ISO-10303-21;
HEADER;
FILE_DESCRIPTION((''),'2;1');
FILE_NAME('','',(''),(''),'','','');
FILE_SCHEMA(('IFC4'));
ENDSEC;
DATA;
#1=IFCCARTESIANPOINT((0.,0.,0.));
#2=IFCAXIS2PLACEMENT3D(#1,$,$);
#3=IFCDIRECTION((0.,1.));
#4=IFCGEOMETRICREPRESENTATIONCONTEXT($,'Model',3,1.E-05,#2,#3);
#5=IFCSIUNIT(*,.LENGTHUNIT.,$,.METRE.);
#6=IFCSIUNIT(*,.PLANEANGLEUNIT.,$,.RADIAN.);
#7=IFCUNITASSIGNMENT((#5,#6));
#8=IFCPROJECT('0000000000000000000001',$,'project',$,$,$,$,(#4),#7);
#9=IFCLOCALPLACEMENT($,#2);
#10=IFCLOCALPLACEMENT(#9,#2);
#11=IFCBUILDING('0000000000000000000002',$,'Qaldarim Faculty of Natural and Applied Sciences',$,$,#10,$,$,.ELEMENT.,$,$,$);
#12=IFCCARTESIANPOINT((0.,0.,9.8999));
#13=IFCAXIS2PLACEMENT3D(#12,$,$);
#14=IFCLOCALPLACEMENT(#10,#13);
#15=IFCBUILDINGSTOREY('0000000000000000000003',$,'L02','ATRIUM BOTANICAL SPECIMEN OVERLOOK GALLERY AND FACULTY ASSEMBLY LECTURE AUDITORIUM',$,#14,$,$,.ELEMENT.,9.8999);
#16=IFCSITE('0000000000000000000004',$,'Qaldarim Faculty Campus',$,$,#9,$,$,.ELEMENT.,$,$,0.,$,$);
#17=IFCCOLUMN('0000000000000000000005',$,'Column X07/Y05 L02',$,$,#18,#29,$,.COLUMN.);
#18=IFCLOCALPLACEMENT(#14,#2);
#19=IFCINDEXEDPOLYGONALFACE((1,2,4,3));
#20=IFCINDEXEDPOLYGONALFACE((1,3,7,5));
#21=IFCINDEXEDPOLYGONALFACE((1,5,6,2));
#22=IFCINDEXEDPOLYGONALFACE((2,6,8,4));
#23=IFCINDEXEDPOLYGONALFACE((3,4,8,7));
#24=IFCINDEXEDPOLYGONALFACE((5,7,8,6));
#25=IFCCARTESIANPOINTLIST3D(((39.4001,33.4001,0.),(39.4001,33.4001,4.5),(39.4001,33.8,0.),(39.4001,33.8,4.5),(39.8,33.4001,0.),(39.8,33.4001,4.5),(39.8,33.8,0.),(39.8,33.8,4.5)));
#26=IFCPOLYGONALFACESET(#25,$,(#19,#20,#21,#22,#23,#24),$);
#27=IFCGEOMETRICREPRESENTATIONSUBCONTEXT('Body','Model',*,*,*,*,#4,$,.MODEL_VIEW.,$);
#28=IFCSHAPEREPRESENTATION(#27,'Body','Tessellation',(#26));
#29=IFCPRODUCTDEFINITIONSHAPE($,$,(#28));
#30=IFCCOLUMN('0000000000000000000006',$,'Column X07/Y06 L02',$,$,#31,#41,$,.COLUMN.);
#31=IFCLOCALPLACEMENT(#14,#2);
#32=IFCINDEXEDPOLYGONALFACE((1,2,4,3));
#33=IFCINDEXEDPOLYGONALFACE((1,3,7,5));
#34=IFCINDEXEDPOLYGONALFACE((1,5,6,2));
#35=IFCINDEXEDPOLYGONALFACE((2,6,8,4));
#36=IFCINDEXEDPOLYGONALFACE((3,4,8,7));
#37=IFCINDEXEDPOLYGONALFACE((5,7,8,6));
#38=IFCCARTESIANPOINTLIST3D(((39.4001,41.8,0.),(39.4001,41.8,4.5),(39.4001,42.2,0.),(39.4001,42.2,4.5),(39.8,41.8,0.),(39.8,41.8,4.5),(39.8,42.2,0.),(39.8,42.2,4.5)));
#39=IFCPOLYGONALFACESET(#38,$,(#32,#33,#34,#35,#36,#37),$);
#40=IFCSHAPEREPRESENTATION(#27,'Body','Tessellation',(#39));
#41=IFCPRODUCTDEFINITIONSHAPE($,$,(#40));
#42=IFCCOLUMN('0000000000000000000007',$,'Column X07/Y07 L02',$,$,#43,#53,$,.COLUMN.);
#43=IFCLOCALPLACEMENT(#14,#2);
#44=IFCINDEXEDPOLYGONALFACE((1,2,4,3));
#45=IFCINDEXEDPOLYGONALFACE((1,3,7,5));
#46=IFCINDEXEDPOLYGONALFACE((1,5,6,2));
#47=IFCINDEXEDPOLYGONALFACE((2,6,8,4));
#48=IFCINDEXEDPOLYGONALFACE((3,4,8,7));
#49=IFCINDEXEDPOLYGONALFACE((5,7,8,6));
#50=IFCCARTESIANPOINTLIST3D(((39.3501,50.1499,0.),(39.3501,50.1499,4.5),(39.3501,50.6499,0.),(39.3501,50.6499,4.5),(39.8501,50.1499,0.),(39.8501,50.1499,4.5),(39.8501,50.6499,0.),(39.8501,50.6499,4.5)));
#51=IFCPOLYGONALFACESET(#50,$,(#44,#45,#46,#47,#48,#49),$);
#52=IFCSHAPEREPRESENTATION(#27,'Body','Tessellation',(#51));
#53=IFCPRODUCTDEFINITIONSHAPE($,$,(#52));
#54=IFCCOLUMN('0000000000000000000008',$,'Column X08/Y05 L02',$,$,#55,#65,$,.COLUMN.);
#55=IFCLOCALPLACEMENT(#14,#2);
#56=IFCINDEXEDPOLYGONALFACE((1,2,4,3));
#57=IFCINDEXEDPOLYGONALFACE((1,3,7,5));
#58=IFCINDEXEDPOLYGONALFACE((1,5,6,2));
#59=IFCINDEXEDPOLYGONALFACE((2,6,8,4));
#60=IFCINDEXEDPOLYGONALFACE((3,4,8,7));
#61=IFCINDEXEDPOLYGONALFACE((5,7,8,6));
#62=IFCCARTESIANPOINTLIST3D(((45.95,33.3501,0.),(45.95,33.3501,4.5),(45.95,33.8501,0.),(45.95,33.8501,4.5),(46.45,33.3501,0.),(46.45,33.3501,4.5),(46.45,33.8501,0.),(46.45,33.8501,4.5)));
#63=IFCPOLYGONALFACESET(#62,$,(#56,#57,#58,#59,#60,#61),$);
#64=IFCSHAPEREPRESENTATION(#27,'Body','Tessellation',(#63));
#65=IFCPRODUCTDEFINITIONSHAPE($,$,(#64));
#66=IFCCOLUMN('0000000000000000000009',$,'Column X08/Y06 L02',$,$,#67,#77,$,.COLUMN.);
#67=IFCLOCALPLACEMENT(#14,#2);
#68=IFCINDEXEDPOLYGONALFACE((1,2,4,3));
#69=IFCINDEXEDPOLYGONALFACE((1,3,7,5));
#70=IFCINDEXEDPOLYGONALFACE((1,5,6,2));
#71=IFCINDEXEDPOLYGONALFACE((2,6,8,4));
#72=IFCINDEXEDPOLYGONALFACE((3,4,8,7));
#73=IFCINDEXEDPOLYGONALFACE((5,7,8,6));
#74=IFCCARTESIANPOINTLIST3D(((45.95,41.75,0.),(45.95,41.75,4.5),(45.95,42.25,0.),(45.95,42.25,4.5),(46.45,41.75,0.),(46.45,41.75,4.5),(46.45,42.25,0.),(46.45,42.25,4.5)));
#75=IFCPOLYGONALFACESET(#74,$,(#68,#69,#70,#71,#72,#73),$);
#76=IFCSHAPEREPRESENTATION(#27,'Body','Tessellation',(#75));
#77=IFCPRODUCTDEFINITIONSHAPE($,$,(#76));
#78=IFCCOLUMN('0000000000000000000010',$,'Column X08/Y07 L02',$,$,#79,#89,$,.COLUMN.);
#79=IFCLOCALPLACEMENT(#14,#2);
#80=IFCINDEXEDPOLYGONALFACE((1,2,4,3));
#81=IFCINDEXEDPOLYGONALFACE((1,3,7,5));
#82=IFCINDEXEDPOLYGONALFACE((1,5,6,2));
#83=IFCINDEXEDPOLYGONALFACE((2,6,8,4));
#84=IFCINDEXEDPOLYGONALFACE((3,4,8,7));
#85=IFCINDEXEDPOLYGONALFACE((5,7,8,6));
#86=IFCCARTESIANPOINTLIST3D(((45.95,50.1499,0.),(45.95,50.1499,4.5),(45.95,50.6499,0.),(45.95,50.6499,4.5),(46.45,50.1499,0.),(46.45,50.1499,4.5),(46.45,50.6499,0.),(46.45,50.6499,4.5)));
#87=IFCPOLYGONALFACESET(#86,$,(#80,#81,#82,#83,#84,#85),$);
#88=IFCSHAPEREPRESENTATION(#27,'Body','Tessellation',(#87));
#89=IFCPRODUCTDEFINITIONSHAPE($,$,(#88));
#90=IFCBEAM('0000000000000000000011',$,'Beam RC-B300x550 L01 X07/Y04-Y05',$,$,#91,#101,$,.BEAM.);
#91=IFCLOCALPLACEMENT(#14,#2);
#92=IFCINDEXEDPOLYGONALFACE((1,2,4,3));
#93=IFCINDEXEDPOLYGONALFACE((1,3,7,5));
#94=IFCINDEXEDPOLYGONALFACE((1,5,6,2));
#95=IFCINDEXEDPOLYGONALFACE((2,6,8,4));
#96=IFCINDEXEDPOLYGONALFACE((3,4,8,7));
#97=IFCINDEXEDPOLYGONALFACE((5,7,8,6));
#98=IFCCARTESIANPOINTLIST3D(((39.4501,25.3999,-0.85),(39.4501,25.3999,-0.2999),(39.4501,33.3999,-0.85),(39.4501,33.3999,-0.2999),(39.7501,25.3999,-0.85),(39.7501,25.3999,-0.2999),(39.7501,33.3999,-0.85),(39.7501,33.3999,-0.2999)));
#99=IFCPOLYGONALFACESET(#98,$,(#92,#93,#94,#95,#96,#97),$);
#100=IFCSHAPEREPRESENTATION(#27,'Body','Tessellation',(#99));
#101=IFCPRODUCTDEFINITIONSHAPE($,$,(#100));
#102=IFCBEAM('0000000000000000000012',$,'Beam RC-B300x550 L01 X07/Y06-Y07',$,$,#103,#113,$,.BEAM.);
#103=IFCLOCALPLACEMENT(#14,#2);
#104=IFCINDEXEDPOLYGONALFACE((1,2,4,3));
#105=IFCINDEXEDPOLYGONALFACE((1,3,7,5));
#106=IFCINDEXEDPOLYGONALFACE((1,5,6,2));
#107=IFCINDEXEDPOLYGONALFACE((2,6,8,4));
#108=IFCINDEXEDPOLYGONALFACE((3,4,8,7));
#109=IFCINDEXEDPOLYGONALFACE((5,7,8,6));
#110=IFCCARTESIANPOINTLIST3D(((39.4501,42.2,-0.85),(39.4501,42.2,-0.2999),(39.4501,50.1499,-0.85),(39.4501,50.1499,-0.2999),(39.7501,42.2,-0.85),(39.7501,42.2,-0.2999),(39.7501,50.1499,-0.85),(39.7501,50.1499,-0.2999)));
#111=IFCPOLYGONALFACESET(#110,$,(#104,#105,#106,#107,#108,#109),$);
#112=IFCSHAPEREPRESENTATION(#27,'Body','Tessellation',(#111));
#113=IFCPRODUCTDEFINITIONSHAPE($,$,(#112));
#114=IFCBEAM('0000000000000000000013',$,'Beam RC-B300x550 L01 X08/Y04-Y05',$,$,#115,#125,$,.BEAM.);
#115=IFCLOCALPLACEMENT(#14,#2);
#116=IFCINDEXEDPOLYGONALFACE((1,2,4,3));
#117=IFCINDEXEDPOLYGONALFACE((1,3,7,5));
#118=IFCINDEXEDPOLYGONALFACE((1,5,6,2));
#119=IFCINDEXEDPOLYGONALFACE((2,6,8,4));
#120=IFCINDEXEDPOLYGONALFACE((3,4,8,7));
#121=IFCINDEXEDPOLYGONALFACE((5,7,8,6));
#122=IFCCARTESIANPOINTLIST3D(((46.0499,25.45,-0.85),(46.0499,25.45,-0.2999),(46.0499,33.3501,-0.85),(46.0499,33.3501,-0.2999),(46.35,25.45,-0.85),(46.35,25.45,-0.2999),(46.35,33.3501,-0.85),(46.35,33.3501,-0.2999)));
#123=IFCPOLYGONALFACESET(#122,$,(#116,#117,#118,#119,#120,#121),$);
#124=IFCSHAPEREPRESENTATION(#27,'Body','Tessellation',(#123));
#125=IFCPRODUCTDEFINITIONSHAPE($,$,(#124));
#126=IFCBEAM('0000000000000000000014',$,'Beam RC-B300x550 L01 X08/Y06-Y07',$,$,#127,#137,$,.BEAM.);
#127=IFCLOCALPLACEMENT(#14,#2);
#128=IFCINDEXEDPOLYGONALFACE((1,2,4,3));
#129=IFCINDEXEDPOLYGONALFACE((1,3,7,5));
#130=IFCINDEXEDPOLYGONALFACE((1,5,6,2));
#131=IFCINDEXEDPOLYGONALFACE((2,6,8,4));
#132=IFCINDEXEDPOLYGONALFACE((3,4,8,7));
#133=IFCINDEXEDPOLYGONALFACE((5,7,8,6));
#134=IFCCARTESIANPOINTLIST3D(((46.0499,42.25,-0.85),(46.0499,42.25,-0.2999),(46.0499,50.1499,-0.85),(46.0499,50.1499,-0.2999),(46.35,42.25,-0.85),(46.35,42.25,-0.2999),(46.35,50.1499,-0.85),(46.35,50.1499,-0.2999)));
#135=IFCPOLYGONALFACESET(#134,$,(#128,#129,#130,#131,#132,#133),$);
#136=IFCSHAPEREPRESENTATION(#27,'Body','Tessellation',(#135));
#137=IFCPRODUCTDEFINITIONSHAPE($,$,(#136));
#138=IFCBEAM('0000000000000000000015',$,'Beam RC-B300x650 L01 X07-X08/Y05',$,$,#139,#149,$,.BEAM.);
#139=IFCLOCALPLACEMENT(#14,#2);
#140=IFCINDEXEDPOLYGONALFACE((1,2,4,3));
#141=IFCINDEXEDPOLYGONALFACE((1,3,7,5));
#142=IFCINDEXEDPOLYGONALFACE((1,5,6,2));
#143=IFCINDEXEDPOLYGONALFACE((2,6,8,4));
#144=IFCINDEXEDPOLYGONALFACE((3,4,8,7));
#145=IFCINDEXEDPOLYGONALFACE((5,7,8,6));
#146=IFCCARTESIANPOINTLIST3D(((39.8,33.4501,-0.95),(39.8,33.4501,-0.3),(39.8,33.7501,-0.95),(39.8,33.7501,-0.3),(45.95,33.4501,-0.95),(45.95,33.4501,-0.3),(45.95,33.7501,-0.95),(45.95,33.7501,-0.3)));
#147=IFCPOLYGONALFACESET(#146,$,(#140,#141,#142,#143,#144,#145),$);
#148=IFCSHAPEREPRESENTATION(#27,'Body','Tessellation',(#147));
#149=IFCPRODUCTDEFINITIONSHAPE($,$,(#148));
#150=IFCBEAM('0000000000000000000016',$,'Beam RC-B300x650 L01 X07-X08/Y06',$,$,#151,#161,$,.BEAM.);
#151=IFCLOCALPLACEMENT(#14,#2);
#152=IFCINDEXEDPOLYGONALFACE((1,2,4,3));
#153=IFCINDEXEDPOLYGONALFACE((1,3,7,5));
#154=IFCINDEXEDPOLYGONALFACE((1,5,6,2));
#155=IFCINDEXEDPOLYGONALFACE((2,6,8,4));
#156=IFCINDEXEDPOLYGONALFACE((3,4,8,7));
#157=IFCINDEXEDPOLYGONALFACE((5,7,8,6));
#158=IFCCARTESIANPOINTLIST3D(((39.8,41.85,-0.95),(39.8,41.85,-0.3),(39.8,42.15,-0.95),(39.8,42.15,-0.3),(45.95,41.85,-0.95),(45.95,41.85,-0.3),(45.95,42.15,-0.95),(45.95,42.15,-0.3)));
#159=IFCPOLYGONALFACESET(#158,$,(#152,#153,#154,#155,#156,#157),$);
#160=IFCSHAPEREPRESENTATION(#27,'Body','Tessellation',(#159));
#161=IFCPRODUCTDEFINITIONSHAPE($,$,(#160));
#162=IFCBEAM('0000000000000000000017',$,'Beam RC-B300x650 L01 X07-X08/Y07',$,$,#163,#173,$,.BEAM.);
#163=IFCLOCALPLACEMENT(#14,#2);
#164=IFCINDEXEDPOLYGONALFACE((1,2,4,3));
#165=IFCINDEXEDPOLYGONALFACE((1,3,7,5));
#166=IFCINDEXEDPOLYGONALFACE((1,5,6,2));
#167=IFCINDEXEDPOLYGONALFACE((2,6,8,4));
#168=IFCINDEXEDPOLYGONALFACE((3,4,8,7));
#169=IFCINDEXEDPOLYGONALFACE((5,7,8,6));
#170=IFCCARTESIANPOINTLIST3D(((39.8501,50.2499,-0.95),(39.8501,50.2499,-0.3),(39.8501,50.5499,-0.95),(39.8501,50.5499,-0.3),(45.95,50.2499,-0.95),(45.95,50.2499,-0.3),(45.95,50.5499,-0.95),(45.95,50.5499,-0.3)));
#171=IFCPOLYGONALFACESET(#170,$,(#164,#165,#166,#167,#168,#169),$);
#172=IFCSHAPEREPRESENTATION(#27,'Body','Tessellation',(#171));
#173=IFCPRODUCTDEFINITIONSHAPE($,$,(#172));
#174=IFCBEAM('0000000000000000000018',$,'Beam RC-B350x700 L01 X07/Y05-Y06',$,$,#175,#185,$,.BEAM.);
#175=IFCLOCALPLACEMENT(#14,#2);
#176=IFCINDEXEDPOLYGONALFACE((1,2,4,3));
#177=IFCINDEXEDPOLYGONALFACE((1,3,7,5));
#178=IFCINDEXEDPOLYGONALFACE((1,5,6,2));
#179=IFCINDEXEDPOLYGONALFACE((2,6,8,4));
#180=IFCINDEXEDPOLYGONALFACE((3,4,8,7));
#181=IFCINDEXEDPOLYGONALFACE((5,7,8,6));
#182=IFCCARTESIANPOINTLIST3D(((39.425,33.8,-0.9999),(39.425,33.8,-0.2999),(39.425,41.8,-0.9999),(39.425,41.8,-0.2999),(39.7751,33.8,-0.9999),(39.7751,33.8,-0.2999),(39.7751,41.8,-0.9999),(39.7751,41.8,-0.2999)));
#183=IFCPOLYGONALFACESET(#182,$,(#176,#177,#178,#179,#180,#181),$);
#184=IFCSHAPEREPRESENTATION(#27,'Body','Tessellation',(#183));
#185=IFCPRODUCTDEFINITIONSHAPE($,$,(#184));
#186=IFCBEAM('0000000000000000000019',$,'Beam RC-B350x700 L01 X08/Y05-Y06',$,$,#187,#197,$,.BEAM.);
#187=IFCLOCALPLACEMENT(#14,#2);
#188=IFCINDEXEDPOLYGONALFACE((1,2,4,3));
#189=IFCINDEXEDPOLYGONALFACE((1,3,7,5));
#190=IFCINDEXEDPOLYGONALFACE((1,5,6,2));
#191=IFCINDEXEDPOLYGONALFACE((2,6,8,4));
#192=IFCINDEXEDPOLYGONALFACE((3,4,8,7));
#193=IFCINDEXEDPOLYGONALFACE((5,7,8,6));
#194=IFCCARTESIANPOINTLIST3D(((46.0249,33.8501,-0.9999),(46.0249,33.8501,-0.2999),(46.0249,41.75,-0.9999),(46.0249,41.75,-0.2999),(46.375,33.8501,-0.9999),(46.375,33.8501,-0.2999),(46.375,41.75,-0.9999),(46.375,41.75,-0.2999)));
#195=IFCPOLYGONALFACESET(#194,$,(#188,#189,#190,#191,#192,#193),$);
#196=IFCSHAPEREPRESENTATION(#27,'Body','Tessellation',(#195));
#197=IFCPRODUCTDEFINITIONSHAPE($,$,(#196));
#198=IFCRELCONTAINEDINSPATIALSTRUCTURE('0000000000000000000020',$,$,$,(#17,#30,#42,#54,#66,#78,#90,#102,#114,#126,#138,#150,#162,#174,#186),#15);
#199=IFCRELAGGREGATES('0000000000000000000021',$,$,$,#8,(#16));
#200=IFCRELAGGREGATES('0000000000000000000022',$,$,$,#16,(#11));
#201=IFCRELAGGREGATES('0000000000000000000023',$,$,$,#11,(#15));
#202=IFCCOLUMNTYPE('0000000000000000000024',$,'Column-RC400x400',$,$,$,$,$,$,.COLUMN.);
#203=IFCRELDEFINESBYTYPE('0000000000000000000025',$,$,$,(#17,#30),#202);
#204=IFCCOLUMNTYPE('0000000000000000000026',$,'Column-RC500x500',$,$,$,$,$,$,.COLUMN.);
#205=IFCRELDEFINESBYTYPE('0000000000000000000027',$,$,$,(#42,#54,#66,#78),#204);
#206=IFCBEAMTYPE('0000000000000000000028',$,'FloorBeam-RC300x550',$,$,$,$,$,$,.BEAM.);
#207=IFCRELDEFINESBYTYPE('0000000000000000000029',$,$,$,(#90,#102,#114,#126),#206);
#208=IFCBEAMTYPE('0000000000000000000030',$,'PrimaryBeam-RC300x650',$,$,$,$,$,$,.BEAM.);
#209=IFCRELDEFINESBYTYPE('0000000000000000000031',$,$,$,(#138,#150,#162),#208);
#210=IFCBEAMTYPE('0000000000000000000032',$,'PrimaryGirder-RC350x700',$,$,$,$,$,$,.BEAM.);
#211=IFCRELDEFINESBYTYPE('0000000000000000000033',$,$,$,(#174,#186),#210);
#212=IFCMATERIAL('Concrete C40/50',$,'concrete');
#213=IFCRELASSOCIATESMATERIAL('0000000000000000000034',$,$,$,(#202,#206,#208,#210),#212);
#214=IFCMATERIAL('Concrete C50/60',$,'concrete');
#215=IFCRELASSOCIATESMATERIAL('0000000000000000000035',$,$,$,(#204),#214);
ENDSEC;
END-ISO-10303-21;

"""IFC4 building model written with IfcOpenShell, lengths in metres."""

from ifc_helpers import new_model, si_unit, direction, frame, origin, origin_2d, place, context, subcontext, project, spatial, rectangle, extrude, material, material_profile, profile_set, type_object, element, save


model = new_model("IFC4")

# Units and contexts
model_context = context("Model", 3, precision=1e-05, world=origin(), true_north=direction((0.0, 1.0)))
body_context = subcontext(model_context, "Body", "Model", "MODEL_VIEW")
ifc_project = project(units=[si_unit("LENGTHUNIT", "METRE"), si_unit("PLANEANGLEUNIT", "RADIAN")], contexts=[model_context])

# Site, building, storey
site_placement = place(None, origin())
site = spatial("IfcSite", under=ifc_project, at=site_placement, Name="Qaldarim Faculty Campus", CompositionType="ELEMENT", RefElevation=0.0)
building_placement = place(site_placement, origin())
building = spatial("IfcBuilding", under=site, at=building_placement, Name="Qaldarim Faculty of Natural and Applied Sciences", CompositionType="ELEMENT")
storey_placement = place(building_placement, frame((0.0, 0.0, 9.8999)))
storey = spatial("IfcBuildingStorey", under=building, at=storey_placement, Name="L02", Description="ATRIUM BOTANICAL SPECIMEN OVERLOOK GALLERY AND FACULTY ASSEMBLY LECTURE AUDITORIUM", CompositionType="ELEMENT", Elevation=9.8999)

# Columns
ifc_material_1 = material(Name="Concrete C40/50", Category="concrete")
ifc_material_profile_1 = material_profile(ifc_material_1, rectangle(XDim=0.3999, YDim=0.3999, at=origin_2d()), Name="RC-C400x400")
ifc_profile_set_1 = profile_set([ifc_material_profile_1], Name="Concrete C40/50")
column_type_1 = type_object("IfcColumnType", Name="Column-RC400x400", PredefinedType="COLUMN", material=ifc_profile_set_1)
for number, where, z_axis, x_axis, name in (
    (1, (39.6001, 33.6001, 0.0), (0.0, 0.0, 1.0), (1.0, 0.0, 0.0), "Column X07/Y05 L02"),
    (2, (39.6001, 42.0, 0.0), (0.0, 0.0, 1.0), (1.0, 0.0, 0.0), "Column X07/Y06 L02"),
):
    element("IfcColumn", number, at=place(storey_placement, frame(where, z_axis=z_axis, x_axis=x_axis)), inside=storey, type_object=column_type_1, Name=name, PredefinedType="COLUMN", context=body_context, shape_type="SweptSolid", body=[
        extrude(rectangle(XDim=0.3999, YDim=0.3999, at=origin_2d()), origin(), (0.0, 0.0, 1.0), 4.5),
    ])
ifc_material_2 = material(Name="Concrete C50/60", Category="concrete")
ifc_material_profile_2 = material_profile(ifc_material_2, rectangle(XDim=0.5, YDim=0.5, at=origin_2d()), Name="RC-C500x500")
ifc_profile_set_2 = profile_set([ifc_material_profile_2], Name="Concrete C50/60")
column_type_2 = type_object("IfcColumnType", Name="Column-RC500x500", PredefinedType="COLUMN", material=ifc_profile_set_2)
for number, where, z_axis, x_axis, name in (
    (3, (39.6001, 50.3999, 0.0), (0.0, 0.0, 1.0), (1.0, 0.0, 0.0), "Column X07/Y07 L02"),
    (4, (46.2, 33.6001, 0.0), (0.0, 0.0, 1.0), (1.0, 0.0, 0.0), "Column X08/Y05 L02"),
    (5, (46.2, 42.0, 0.0), (0.0, 0.0, 1.0), (1.0, 0.0, 0.0), "Column X08/Y06 L02"),
    (6, (46.2, 50.3999, 0.0), (0.0, 0.0, 1.0), (1.0, 0.0, 0.0), "Column X08/Y07 L02"),
):
    element("IfcColumn", number, at=place(storey_placement, frame(where, z_axis=z_axis, x_axis=x_axis)), inside=storey, type_object=column_type_2, Name=name, PredefinedType="COLUMN", context=body_context, shape_type="SweptSolid", body=[
        extrude(rectangle(XDim=0.5, YDim=0.5, at=origin_2d()), origin(), (0.0, 0.0, 1.0), 4.5),
    ])

# Beams
ifc_material_profile_3 = material_profile(ifc_material_1, rectangle(XDim=0.3, YDim=0.55, at=origin_2d()), Name="RC-B300x550")
ifc_profile_set_3 = profile_set([ifc_material_profile_3], Name="Concrete C40/50")
beam_type_1 = type_object("IfcBeamType", Name="FloorBeam-RC300x550", PredefinedType="BEAM", material=ifc_profile_set_3)
beam_1_placement = place(storey_placement, frame((39.6001, 25.3999, -0.575), z_axis=(0.0, 1.0, 0.0), x_axis=(-1.0, 0.0, 0.0)))
element("IfcBeam", 7, at=beam_1_placement, inside=storey, type_object=beam_type_1, Name="Beam RC-B300x550 L01 X07/Y04-Y05", PredefinedType="BEAM", context=body_context, shape_type="SweptSolid", body=[
    extrude(rectangle(XDim=0.3, YDim=0.55, at=origin_2d()), origin(), (0.0, 0.0, 1.0), 8.0),
])
beam_2_placement = place(storey_placement, frame((39.6001, 42.2, -0.575), z_axis=(0.0, 1.0, 0.0), x_axis=(-1.0, 0.0, 0.0)))
element("IfcBeam", 8, at=beam_2_placement, inside=storey, type_object=beam_type_1, Name="Beam RC-B300x550 L01 X07/Y06-Y07", PredefinedType="BEAM", context=body_context, shape_type="SweptSolid", body=[
    extrude(rectangle(XDim=0.3, YDim=0.55, at=origin_2d()), origin(), (0.0, 0.0, 1.0), 7.95),
])
beam_3_placement = place(storey_placement, frame((46.2, 25.45, -0.575), z_axis=(0.0, 1.0, 0.0), x_axis=(-1.0, 0.0, 0.0)))
element("IfcBeam", 9, at=beam_3_placement, inside=storey, type_object=beam_type_1, Name="Beam RC-B300x550 L01 X08/Y04-Y05", PredefinedType="BEAM", context=body_context, shape_type="SweptSolid", body=[
    extrude(rectangle(XDim=0.3, YDim=0.55, at=origin_2d()), origin(), (0.0, 0.0, 1.0), 7.9001),
])
beam_4_placement = place(storey_placement, frame((46.2, 42.25, -0.575), z_axis=(0.0, 1.0, 0.0), x_axis=(-1.0, 0.0, 0.0)))
element("IfcBeam", 10, at=beam_4_placement, inside=storey, type_object=beam_type_1, Name="Beam RC-B300x550 L01 X08/Y06-Y07", PredefinedType="BEAM", context=body_context, shape_type="SweptSolid", body=[
    extrude(rectangle(XDim=0.3, YDim=0.55, at=origin_2d()), origin(), (0.0, 0.0, 1.0), 7.8999),
])
ifc_material_profile_4 = material_profile(ifc_material_1, rectangle(XDim=0.3, YDim=0.6499, at=origin_2d()), Name="RC-B300x650")
ifc_profile_set_4 = profile_set([ifc_material_profile_4], Name="Concrete C40/50")
beam_type_2 = type_object("IfcBeamType", Name="PrimaryBeam-RC300x650", PredefinedType="BEAM", material=ifc_profile_set_4)
for number, where, z_axis, x_axis, name in (
    (11, (39.8, 33.6001, -0.625), (1.0, 0.0, 0.0), (0.0, 1.0, 0.0), "Beam RC-B300x650 L01 X07-X08/Y05"),
    (12, (39.8, 42.0, -0.625), (1.0, 0.0, 0.0), (0.0, 1.0, 0.0), "Beam RC-B300x650 L01 X07-X08/Y06"),
):
    element("IfcBeam", number, at=place(storey_placement, frame(where, z_axis=z_axis, x_axis=x_axis)), inside=storey, type_object=beam_type_2, Name=name, PredefinedType="BEAM", context=body_context, shape_type="SweptSolid", body=[
        extrude(rectangle(XDim=0.3, YDim=0.6499, at=origin_2d()), origin(), (0.0, 0.0, 1.0), 6.1499),
    ])
beam_5_placement = place(storey_placement, frame((39.8501, 50.3999, -0.625), z_axis=(1.0, 0.0, 0.0), x_axis=(0.0, 1.0, 0.0)))
element("IfcBeam", 13, at=beam_5_placement, inside=storey, type_object=beam_type_2, Name="Beam RC-B300x650 L01 X07-X08/Y07", PredefinedType="BEAM", context=body_context, shape_type="SweptSolid", body=[
    extrude(rectangle(XDim=0.3, YDim=0.6499, at=origin_2d()), origin(), (0.0, 0.0, 1.0), 6.0999),
])
ifc_material_profile_5 = material_profile(ifc_material_1, rectangle(XDim=0.3501, YDim=0.7, at=origin_2d()), Name="RC-B350x700")
ifc_profile_set_5 = profile_set([ifc_material_profile_5], Name="Concrete C40/50")
beam_type_3 = type_object("IfcBeamType", Name="PrimaryGirder-RC350x700", PredefinedType="BEAM", material=ifc_profile_set_5)
beam_6_placement = place(storey_placement, frame((39.6001, 33.8, -0.6499), z_axis=(0.0, 1.0, 0.0), x_axis=(-1.0, 0.0, 0.0)))
element("IfcBeam", 14, at=beam_6_placement, inside=storey, type_object=beam_type_3, Name="Beam RC-B350x700 L01 X07/Y05-Y06", PredefinedType="BEAM", context=body_context, shape_type="SweptSolid", body=[
    extrude(rectangle(XDim=0.3501, YDim=0.7, at=origin_2d()), origin(), (0.0, 0.0, 1.0), 8.0),
])
beam_7_placement = place(storey_placement, frame((46.2, 33.8501, -0.6499), z_axis=(0.0, 1.0, 0.0), x_axis=(-1.0, 0.0, 0.0)))
element("IfcBeam", 15, at=beam_7_placement, inside=storey, type_object=beam_type_3, Name="Beam RC-B350x700 L01 X08/Y05-Y06", PredefinedType="BEAM", context=body_context, shape_type="SweptSolid", body=[
    extrude(rectangle(XDim=0.3501, YDim=0.7, at=origin_2d()), origin(), (0.0, 0.0, 1.0), 7.8999),
])

save(model, "model.ifc")
